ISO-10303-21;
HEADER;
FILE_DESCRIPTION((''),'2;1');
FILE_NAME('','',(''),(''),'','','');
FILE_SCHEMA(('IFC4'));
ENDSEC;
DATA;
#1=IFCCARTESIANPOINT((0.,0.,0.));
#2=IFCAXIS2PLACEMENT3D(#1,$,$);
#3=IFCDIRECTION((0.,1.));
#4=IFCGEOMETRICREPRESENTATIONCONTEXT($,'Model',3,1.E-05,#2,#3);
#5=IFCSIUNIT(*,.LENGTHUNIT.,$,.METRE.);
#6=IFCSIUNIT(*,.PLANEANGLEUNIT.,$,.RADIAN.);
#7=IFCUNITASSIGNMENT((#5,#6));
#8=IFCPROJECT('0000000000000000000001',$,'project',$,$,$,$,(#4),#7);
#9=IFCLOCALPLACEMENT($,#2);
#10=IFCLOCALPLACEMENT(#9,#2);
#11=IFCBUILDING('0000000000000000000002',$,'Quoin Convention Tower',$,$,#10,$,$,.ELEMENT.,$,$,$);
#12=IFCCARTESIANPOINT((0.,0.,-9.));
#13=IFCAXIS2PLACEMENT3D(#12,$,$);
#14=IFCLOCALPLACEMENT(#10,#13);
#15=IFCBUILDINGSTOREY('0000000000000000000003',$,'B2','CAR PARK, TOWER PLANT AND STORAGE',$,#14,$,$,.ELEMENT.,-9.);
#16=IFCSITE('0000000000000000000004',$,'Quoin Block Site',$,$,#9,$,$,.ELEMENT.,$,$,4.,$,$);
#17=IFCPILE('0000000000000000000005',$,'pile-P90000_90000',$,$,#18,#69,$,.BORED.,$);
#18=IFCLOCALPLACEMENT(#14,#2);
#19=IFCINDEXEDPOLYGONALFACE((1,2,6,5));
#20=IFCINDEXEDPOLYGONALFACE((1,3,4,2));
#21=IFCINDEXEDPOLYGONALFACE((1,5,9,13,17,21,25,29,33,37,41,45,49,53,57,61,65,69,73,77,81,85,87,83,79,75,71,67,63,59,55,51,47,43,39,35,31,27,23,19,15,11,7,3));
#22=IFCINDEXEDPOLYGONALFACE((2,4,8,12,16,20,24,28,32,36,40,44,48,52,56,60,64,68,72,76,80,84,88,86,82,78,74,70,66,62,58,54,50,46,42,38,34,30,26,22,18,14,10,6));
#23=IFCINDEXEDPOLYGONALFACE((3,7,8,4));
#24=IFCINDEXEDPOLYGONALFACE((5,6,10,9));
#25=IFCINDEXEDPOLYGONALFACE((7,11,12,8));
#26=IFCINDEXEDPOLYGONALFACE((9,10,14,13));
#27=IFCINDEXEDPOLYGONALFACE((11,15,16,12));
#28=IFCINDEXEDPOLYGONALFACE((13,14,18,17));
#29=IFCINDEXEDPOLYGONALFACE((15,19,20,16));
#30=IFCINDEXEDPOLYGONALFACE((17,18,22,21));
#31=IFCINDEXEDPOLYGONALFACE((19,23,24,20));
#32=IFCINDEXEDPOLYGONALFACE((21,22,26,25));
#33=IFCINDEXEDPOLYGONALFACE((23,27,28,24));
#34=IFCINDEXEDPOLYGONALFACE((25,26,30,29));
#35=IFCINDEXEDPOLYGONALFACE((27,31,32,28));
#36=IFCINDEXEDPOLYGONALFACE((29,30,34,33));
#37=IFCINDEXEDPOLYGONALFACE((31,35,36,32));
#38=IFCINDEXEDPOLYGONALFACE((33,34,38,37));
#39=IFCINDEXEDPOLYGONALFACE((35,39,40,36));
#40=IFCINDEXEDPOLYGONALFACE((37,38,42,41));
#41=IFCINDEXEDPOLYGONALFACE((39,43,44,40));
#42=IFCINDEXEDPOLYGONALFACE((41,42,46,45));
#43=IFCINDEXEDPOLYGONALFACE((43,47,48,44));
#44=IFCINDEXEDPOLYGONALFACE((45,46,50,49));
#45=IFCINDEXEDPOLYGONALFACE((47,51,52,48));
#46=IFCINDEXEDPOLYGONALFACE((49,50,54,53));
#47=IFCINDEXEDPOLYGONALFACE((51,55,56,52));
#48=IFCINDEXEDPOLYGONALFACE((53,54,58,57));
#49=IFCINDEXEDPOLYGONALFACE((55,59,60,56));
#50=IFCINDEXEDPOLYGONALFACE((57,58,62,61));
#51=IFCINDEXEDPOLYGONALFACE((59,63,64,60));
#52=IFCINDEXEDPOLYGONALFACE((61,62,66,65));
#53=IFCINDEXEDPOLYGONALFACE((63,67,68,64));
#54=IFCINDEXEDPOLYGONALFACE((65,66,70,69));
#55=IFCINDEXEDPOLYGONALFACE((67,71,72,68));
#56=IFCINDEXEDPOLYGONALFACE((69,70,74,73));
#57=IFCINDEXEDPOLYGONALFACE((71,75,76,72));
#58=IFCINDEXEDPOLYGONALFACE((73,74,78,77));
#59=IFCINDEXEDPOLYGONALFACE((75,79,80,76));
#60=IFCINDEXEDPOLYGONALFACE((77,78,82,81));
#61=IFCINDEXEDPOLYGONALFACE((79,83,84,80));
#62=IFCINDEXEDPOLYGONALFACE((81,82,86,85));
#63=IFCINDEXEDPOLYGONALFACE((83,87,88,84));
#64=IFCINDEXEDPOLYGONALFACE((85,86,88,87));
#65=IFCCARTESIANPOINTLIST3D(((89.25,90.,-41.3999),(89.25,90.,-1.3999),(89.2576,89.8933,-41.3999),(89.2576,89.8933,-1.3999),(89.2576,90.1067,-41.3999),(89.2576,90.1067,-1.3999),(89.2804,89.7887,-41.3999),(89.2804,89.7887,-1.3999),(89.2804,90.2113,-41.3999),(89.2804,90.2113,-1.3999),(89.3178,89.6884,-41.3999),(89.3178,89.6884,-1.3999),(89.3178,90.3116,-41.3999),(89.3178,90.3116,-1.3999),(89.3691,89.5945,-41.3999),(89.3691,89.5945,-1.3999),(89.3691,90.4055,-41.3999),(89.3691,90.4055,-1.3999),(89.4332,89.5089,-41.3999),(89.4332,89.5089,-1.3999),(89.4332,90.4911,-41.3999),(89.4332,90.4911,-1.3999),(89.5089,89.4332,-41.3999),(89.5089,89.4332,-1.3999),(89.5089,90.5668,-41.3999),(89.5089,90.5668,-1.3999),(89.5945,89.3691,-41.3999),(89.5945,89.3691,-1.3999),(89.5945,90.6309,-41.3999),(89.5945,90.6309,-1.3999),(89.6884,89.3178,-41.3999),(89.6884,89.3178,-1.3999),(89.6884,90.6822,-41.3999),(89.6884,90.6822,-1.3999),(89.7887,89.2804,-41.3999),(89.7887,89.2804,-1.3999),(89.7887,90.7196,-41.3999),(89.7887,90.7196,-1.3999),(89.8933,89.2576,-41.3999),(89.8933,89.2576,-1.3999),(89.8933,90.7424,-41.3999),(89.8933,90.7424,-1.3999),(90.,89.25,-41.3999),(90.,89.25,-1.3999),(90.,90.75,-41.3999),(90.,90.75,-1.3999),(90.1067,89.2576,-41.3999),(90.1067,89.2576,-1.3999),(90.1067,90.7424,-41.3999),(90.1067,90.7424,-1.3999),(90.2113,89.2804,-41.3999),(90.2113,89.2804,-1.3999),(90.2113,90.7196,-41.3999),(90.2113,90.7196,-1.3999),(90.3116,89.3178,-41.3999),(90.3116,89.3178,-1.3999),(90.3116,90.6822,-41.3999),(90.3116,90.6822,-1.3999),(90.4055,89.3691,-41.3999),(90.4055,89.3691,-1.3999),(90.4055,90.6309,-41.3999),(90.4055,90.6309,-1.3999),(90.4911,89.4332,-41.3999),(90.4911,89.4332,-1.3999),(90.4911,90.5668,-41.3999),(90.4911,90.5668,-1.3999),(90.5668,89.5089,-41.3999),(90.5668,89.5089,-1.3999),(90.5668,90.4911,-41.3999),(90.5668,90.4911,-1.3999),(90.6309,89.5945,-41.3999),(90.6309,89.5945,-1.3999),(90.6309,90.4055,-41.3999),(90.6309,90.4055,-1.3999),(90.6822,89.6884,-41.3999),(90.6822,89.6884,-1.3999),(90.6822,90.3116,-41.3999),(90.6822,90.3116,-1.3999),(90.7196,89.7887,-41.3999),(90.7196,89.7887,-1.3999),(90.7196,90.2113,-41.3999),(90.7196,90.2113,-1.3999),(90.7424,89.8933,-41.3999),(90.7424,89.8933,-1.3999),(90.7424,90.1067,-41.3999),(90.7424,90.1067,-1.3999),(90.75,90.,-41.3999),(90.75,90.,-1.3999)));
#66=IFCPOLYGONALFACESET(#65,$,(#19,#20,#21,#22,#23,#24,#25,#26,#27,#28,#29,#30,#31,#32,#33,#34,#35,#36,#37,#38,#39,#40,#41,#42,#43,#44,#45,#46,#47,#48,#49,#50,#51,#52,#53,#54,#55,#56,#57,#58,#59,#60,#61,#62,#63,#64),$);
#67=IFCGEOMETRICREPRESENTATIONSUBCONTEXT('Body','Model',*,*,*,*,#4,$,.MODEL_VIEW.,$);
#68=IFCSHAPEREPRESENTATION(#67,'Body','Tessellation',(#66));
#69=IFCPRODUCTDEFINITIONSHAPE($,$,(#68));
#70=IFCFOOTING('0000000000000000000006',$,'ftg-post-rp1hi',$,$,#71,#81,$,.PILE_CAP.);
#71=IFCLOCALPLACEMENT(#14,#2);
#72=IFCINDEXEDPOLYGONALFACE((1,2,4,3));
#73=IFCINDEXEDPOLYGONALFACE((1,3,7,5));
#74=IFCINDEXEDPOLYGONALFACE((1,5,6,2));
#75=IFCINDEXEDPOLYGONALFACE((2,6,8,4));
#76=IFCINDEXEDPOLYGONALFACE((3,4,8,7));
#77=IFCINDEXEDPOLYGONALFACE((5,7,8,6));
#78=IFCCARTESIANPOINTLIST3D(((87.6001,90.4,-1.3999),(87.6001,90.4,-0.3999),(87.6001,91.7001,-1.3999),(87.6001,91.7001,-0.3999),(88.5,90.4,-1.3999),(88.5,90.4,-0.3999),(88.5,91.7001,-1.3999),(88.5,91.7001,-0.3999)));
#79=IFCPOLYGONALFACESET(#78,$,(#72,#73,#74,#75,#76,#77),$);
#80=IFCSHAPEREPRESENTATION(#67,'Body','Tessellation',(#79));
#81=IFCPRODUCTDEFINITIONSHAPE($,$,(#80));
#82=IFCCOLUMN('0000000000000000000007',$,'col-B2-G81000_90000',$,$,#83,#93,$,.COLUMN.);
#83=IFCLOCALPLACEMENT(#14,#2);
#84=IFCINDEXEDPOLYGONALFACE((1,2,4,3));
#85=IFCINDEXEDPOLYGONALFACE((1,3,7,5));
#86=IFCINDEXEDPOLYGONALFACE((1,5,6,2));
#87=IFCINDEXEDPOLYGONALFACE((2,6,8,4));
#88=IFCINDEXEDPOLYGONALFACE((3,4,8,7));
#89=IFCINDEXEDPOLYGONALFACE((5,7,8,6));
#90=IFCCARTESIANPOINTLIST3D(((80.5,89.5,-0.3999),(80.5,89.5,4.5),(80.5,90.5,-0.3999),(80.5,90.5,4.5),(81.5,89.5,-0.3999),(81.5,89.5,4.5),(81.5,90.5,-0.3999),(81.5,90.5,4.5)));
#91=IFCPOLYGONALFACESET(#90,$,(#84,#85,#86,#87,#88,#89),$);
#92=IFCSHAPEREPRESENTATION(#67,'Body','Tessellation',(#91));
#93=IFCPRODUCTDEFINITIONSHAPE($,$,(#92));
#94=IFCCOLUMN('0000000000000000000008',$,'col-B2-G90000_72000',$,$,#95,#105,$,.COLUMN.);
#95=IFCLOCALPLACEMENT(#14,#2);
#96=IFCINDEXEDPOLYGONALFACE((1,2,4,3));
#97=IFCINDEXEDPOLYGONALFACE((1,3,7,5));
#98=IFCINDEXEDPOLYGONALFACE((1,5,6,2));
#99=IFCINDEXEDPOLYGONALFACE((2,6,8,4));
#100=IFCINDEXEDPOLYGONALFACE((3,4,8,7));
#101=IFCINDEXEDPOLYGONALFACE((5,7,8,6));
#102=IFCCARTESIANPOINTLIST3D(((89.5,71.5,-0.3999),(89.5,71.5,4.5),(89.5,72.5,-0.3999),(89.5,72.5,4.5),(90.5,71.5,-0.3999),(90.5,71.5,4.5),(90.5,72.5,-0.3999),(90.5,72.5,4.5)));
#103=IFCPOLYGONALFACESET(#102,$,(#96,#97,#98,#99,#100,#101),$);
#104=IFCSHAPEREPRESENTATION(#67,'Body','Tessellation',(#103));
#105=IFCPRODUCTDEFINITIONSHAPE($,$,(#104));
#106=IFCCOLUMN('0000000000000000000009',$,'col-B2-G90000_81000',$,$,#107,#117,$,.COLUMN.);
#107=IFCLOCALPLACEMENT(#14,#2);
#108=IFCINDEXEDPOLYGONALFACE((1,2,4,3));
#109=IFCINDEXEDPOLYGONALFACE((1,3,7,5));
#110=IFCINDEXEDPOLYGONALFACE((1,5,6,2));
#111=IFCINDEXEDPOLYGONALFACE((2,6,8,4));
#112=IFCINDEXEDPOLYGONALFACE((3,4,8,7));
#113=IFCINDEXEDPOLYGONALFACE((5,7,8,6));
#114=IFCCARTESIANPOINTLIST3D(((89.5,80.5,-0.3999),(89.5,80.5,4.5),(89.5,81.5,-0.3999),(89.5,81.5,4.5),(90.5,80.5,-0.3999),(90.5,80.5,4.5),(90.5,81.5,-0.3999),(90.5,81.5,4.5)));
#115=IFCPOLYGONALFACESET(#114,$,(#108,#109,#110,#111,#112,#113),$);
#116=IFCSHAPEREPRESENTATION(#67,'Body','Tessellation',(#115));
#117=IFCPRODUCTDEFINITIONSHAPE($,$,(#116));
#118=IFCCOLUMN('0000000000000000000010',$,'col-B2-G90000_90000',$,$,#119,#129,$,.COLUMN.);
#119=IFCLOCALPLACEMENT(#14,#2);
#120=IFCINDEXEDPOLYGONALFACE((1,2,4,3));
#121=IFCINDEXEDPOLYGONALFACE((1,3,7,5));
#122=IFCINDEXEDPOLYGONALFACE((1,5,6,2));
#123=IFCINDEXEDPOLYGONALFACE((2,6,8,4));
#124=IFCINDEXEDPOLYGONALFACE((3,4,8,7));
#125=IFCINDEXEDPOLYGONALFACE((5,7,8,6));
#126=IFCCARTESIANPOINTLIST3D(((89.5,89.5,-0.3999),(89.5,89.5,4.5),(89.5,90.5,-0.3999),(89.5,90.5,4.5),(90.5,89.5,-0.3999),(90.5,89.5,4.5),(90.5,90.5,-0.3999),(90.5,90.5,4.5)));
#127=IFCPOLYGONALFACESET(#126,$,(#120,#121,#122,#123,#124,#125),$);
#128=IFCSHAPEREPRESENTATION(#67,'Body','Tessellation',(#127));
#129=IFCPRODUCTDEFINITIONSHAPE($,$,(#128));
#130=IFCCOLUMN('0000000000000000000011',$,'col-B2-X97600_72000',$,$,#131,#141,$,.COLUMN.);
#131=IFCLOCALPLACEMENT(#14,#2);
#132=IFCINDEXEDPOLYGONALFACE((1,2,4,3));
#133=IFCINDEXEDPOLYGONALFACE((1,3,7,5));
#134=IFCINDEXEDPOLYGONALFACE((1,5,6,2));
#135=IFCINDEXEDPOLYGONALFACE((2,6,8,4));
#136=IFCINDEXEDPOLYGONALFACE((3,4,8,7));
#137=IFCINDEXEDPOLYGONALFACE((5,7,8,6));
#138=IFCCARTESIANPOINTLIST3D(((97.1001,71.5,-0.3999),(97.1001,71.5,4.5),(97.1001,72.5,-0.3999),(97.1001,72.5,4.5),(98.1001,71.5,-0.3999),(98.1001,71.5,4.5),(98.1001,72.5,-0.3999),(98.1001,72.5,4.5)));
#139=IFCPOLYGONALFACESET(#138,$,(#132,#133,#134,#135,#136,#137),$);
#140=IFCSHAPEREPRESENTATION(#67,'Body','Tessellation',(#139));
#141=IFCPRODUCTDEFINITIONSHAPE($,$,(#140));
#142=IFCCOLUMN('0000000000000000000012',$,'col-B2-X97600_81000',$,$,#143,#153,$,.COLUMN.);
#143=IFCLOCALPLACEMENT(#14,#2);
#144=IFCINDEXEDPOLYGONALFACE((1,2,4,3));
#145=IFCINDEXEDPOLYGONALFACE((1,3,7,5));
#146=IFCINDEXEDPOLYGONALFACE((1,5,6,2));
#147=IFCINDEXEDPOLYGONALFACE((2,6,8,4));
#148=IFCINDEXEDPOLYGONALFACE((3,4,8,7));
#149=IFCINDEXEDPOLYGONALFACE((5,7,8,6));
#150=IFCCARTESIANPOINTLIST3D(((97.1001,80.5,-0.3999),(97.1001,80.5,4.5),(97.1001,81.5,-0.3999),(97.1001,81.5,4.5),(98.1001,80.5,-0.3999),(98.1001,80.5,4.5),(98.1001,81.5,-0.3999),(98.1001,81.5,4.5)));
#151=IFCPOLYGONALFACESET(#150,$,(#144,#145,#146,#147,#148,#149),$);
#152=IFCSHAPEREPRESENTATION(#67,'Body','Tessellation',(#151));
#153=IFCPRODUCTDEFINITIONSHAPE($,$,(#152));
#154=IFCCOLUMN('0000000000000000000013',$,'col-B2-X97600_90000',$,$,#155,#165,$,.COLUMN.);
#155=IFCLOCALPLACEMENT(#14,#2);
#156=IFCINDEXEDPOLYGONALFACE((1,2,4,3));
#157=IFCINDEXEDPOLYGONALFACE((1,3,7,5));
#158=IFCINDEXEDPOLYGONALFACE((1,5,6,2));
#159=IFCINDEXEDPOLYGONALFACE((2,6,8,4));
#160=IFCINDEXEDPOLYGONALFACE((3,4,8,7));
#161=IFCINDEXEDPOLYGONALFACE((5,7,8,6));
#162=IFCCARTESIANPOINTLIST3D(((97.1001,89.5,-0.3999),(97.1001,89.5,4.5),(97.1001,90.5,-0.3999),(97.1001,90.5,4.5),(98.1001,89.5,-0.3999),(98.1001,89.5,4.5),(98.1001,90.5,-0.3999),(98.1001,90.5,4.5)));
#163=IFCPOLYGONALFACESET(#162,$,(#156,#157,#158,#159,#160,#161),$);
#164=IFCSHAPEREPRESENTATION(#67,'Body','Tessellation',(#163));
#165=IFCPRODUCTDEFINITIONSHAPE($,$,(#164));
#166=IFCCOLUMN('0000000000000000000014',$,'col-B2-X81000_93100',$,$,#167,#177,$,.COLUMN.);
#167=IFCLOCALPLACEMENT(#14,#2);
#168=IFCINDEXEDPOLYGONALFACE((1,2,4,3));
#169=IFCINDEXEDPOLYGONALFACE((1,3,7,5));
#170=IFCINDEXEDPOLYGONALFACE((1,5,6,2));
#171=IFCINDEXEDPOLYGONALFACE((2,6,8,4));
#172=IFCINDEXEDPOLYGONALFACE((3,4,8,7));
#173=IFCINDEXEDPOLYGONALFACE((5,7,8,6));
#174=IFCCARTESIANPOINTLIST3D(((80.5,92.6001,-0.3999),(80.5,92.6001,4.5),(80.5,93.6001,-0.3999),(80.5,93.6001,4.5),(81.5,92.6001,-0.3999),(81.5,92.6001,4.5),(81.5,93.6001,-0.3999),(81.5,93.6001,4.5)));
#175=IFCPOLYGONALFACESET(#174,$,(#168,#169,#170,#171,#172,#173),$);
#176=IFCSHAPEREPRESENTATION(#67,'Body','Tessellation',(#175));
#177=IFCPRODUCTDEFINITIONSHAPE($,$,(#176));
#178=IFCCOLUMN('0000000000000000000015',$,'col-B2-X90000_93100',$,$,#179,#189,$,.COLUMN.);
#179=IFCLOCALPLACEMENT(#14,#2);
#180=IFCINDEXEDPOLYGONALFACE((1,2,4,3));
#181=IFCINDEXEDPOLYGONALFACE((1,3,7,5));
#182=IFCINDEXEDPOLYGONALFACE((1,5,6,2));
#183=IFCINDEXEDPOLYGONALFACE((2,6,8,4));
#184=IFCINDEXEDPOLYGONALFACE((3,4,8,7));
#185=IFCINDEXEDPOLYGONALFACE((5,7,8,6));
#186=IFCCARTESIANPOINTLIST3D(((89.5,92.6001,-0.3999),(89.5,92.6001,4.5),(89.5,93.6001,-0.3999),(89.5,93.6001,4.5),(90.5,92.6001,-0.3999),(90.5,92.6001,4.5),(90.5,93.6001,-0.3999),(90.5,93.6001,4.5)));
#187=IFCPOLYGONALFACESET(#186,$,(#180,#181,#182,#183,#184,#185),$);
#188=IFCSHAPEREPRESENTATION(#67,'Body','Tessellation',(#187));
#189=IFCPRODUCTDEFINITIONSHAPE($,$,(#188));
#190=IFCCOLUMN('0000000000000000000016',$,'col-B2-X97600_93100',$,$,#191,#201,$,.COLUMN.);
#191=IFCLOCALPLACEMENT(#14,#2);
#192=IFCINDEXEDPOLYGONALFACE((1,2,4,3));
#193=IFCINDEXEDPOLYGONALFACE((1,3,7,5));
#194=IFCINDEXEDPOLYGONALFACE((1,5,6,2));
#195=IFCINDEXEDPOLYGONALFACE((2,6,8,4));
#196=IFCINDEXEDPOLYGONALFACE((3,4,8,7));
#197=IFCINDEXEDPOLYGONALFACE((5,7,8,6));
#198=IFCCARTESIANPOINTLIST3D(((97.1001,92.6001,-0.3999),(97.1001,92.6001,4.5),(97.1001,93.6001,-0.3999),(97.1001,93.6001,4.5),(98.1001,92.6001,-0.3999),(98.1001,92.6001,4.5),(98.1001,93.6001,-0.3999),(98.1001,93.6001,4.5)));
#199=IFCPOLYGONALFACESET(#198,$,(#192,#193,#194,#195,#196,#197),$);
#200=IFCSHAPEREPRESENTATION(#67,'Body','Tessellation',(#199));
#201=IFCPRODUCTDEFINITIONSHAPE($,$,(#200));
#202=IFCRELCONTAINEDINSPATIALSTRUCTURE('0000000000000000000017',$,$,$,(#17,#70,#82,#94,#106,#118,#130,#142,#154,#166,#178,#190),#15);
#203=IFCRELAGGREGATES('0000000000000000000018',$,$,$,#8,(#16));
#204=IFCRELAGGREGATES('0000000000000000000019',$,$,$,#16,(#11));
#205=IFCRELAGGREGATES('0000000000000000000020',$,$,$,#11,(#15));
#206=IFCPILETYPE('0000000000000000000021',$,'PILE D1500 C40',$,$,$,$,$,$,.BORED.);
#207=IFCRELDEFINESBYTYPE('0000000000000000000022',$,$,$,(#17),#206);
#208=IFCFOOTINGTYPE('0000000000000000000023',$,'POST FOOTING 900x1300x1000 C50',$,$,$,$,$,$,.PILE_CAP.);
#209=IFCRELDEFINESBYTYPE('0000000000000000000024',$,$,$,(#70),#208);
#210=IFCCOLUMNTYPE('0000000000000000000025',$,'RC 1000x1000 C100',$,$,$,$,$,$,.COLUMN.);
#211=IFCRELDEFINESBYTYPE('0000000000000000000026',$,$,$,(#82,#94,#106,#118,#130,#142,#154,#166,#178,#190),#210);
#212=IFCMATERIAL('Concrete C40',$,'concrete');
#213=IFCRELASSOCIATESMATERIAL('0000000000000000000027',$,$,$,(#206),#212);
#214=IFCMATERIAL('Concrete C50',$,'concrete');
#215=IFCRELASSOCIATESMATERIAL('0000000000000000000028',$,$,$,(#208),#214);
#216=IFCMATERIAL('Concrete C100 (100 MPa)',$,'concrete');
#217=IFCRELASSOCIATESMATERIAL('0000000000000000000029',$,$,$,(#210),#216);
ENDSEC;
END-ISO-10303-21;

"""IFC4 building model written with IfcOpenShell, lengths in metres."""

from ifc_helpers import new_model, si_unit, direction, frame, origin, origin_2d, place, context, subcontext, project, spatial, rectangle, circle, extrude, material, material_profile, profile_set, type_object, element, save


model = new_model("IFC4")

# Units and contexts
model_context = context("Model", 3, precision=1e-05, world=origin(), true_north=direction((0.0, 1.0)))
body_context = subcontext(model_context, "Body", "Model", "MODEL_VIEW")
ifc_project = project(units=[si_unit("LENGTHUNIT", "METRE"), si_unit("PLANEANGLEUNIT", "RADIAN")], contexts=[model_context])

# Site, building, storey
site_placement = place(None, origin())
site = spatial("IfcSite", under=ifc_project, at=site_placement, Name="Quoin Block Site", CompositionType="ELEMENT", RefElevation=4.0)
building_placement = place(site_placement, origin())
building = spatial("IfcBuilding", under=site, at=building_placement, Name="Quoin Convention Tower", CompositionType="ELEMENT")
storey_placement = place(building_placement, frame((0.0, 0.0, -9.0)))
storey = spatial("IfcBuildingStorey", under=building, at=storey_placement, Name="B2", Description="CAR PARK, TOWER PLANT AND STORAGE", CompositionType="ELEMENT", Elevation=-9.0)

# Shared definitions
ifc_material_1 = material(Name="Concrete C50", Category="concrete")

# Pile
ifc_material_2 = material(Name="Concrete C40", Category="concrete")
ifc_material_profile_1 = material_profile(ifc_material_2, circle(Radius=0.75, at=origin_2d()), Name="D1500")
ifc_profile_set_1 = profile_set([ifc_material_profile_1], Name="Concrete C40")
pile_type = type_object("IfcPileType", Name="PILE D1500 C40", PredefinedType="BORED", material=ifc_profile_set_1)
for number, where, z_axis, x_axis, name in (
    (1, (90.0, 90.0, -1.3999), (0.0, 0.0, -1.0), (1.0, 0.0, 0.0), "pile-P90000_90000"),
):
    element("IfcPile", number, at=place(storey_placement, frame(where, z_axis=z_axis, x_axis=x_axis)), inside=storey, type_object=pile_type, Name=name, PredefinedType="BORED", context=body_context, shape_type="SweptSolid", body=[
        extrude(circle(Radius=0.75, at=origin_2d()), origin(), (0.0, 0.0, 1.0), 40.0),
    ])

# Footing
footing_type_1 = type_object("IfcFootingType", Name="POST FOOTING 900x1300x1000 C50", PredefinedType="PILE_CAP", material=ifc_material_1)
footing_placement = place(storey_placement, frame((88.05, 91.05, -1.3999), z_axis=(0.0, 0.0, 1.0), x_axis=(1.0, 0.0, 0.0)))
element("IfcFooting", 2, at=footing_placement, inside=storey, type_object=footing_type_1, Name="ftg-post-rp1hi", PredefinedType="PILE_CAP", context=body_context, shape_type="SweptSolid", body=[
    extrude(rectangle(XDim=0.8999, YDim=1.3, at=origin_2d()), origin(), (0.0, 0.0, 1.0), 1.0),
])

# Columns
ifc_material_3 = material(Name="Concrete C100 (100 MPa)", Category="concrete")
ifc_material_profile_2 = material_profile(ifc_material_3, rectangle(XDim=1.0, YDim=1.0, at=origin_2d()), Name="RC 1000x1000")
ifc_profile_set_2 = profile_set([ifc_material_profile_2], Name="Concrete C100 (100 MPa)")
column_type_1 = type_object("IfcColumnType", Name="RC 1000x1000 C100", PredefinedType="COLUMN", material=ifc_profile_set_2)
for number, where, z_axis, x_axis, name in (
    (3, (81.0, 90.0, -0.3999), (0.0, 0.0, 1.0), (1.0, 0.0, 0.0), "col-B2-G81000_90000"),
    (4, (90.0, 72.0, -0.3999), (0.0, 0.0, 1.0), (1.0, 0.0, 0.0), "col-B2-G90000_72000"),
    (5, (90.0, 81.0, -0.3999), (0.0, 0.0, 1.0), (1.0, 0.0, 0.0), "col-B2-G90000_81000"),
    (6, (90.0, 90.0, -0.3999), (0.0, 0.0, 1.0), (1.0, 0.0, 0.0), "col-B2-G90000_90000"),
    (7, (97.6001, 72.0, -0.3999), (0.0, 0.0, 1.0), (1.0, 0.0, 0.0), "col-B2-X97600_72000"),
    (8, (97.6001, 81.0, -0.3999), (0.0, 0.0, 1.0), (1.0, 0.0, 0.0), "col-B2-X97600_81000"),
    (9, (97.6001, 90.0, -0.3999), (0.0, 0.0, 1.0), (1.0, 0.0, 0.0), "col-B2-X97600_90000"),
    (10, (81.0, 93.1001, -0.3999), (0.0, 0.0, 1.0), (1.0, 0.0, 0.0), "col-B2-X81000_93100"),
    (11, (90.0, 93.1001, -0.3999), (0.0, 0.0, 1.0), (1.0, 0.0, 0.0), "col-B2-X90000_93100"),
    (12, (97.6001, 93.1001, -0.3999), (0.0, 0.0, 1.0), (1.0, 0.0, 0.0), "col-B2-X97600_93100"),
):
    element("IfcColumn", number, at=place(storey_placement, frame(where, z_axis=z_axis, x_axis=x_axis)), inside=storey, type_object=column_type_1, Name=name, PredefinedType="COLUMN", context=body_context, shape_type="SweptSolid", body=[
        extrude(rectangle(XDim=1.0, YDim=1.0, at=origin_2d()), origin(), (0.0, 0.0, 1.0), 4.8999),
    ])

save(model, "model.ifc")
